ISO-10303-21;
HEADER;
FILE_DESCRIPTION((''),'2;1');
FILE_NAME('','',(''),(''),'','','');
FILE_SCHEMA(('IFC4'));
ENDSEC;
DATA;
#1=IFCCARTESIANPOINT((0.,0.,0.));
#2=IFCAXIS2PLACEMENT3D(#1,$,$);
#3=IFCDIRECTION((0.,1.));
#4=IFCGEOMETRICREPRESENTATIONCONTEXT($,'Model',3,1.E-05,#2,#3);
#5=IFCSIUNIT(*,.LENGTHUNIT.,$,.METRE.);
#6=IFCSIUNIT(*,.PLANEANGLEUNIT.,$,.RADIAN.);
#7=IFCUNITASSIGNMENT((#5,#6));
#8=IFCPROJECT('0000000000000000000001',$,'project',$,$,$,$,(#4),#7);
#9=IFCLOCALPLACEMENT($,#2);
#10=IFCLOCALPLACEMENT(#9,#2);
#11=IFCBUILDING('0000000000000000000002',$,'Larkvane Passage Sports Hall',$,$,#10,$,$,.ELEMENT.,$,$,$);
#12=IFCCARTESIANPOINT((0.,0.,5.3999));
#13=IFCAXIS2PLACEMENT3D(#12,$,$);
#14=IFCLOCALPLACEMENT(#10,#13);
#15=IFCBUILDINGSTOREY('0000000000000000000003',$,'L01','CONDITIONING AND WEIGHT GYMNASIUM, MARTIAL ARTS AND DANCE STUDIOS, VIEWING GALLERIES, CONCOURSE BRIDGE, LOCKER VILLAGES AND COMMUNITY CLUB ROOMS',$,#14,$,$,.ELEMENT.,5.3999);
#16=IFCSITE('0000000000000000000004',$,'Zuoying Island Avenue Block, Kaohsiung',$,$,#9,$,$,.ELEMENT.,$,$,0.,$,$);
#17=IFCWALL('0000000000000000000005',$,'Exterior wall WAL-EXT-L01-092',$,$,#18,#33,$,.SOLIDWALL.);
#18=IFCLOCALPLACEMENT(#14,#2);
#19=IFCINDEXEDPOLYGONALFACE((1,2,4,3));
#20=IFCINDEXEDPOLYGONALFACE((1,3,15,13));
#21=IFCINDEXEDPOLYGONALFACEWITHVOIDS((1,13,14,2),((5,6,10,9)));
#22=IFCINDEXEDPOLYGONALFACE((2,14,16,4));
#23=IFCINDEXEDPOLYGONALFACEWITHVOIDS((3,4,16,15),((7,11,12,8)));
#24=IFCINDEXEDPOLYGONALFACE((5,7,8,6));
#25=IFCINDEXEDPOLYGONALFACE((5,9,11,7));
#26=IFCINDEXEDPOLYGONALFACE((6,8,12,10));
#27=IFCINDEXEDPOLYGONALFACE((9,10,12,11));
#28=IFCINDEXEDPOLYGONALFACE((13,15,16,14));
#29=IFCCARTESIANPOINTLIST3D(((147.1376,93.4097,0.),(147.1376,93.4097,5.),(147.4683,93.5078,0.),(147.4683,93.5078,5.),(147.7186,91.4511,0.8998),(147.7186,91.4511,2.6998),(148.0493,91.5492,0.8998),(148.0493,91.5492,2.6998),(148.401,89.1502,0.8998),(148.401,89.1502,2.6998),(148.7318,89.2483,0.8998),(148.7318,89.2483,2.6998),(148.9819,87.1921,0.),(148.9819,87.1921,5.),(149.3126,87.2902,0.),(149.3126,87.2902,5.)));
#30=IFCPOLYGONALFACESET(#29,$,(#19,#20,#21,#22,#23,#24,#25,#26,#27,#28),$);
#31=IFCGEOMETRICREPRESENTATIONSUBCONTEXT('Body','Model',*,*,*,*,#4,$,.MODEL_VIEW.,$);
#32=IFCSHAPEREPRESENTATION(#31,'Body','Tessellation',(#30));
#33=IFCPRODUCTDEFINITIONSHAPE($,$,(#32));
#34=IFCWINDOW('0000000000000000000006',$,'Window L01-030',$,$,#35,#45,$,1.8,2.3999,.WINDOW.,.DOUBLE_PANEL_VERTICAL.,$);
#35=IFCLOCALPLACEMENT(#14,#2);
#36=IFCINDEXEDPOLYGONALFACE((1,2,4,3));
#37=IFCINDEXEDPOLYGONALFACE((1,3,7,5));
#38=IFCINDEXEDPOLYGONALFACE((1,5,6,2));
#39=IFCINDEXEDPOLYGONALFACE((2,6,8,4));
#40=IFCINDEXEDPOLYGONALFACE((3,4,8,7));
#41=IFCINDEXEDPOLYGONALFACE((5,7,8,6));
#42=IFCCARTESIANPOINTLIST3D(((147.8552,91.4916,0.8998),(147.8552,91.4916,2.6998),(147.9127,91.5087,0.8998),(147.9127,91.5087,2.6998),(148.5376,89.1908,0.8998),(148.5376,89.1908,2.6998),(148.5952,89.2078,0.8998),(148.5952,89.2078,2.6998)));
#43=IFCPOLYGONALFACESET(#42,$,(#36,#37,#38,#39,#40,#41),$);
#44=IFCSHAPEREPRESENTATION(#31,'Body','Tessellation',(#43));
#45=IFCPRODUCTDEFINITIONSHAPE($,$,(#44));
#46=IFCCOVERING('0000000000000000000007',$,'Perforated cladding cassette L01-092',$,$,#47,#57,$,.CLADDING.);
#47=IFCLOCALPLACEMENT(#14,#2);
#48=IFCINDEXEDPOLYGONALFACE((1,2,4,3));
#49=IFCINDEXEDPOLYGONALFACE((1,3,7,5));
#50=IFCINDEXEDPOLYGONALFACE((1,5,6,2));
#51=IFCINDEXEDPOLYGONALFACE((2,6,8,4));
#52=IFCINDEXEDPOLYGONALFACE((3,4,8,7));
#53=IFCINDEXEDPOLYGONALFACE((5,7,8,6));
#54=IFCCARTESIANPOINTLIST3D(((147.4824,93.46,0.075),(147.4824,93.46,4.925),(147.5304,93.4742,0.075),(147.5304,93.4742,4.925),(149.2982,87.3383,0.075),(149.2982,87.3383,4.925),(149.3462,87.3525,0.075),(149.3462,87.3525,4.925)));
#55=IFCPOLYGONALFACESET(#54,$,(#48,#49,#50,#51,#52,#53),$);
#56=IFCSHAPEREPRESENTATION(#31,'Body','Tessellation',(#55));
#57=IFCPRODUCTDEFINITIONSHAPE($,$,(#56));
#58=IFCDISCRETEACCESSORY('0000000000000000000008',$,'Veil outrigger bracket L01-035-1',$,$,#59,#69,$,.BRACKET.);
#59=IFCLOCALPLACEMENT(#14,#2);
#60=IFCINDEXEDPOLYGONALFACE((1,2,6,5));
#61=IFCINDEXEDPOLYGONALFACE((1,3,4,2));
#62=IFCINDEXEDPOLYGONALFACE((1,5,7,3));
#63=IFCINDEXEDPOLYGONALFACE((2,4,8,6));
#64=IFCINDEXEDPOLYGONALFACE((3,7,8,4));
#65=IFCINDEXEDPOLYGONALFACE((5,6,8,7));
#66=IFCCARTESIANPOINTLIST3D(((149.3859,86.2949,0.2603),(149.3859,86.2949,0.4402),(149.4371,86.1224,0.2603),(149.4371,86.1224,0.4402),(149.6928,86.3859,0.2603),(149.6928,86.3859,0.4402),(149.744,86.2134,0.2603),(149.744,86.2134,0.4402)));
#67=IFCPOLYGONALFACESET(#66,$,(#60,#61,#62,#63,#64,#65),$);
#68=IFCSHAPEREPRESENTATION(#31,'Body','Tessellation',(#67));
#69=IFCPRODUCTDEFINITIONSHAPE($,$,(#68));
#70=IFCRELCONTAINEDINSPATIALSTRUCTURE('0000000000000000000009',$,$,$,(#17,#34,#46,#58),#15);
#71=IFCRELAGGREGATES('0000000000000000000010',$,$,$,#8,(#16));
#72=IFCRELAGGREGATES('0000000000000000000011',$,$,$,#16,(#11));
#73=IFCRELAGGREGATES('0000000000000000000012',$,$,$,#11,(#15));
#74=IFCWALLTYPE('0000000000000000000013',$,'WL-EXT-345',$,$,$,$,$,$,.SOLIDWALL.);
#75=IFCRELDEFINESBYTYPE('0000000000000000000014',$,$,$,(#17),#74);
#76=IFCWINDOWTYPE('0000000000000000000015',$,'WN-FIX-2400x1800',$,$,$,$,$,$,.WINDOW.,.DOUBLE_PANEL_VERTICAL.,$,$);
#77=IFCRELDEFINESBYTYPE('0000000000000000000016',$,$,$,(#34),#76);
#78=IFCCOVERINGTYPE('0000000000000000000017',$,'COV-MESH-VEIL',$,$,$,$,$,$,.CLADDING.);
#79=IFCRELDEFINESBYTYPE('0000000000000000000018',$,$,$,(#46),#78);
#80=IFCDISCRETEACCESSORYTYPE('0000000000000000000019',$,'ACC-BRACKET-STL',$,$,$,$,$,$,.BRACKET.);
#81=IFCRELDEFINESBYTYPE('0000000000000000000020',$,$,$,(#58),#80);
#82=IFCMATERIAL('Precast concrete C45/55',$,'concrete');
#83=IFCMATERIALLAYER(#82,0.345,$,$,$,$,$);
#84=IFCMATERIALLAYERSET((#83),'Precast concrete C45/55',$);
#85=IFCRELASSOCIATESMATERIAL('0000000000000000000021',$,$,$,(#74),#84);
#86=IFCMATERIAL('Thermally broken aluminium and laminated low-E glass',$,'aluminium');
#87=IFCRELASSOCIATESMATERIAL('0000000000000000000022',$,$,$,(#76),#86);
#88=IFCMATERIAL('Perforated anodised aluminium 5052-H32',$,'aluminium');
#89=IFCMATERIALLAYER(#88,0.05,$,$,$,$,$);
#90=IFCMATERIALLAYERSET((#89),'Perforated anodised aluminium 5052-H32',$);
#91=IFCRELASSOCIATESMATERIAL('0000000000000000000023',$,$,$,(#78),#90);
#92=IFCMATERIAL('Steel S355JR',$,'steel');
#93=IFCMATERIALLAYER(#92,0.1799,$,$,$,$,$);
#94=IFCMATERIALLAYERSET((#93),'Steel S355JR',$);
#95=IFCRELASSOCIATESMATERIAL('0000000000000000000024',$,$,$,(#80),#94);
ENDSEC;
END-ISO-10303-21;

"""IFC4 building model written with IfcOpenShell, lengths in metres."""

from ifc_helpers import new_model, si_unit, direction, frame, frame_2d, origin, origin_2d, place, context, subcontext, project, spatial, rectangle, extrude, material, layer, layer_set, type_object, element, fill, save


model = new_model("IFC4")

# Units and contexts
model_context = context("Model", 3, precision=1e-05, world=origin(), true_north=direction((0.0, 1.0)))
body_context = subcontext(model_context, "Body", "Model", "MODEL_VIEW")
ifc_project = project(units=[si_unit("LENGTHUNIT", "METRE"), si_unit("PLANEANGLEUNIT", "RADIAN")], contexts=[model_context])

# Site, building, storey
site_placement = place(None, origin())
site = spatial("IfcSite", under=ifc_project, at=site_placement, Name="Zuoying Island Avenue Block, Kaohsiung", CompositionType="ELEMENT", RefElevation=0.0)
building_placement = place(site_placement, origin())
building = spatial("IfcBuilding", under=site, at=building_placement, Name="Larkvane Passage Sports Hall", CompositionType="ELEMENT")
storey_placement = place(building_placement, frame((0.0, 0.0, 5.3999)))
storey = spatial("IfcBuildingStorey", under=building, at=storey_placement, Name="L01", Description="CONDITIONING AND WEIGHT GYMNASIUM, MARTIAL ARTS AND DANCE STUDIOS, VIEWING GALLERIES, CONCOURSE BRIDGE, LOCKER VILLAGES AND COMMUNITY CLUB ROOMS", CompositionType="ELEMENT", Elevation=5.3999)

# Wall, opening, window
ifc_material_1 = material(Name="Precast concrete C45/55", Category="concrete")
ifc_layer_1 = layer(ifc_material_1, 0.345)
ifc_layer_set_1 = layer_set([ifc_layer_1], Name="Precast concrete C45/55")
wall_type = type_object("IfcWallType", Name="WL-EXT-345", PredefinedType="SOLIDWALL", material=ifc_layer_set_1)
wall_placement = place(storey_placement, frame((147.303, 93.4587, 0.0), z_axis=(0.0, 0.0, 1.0), x_axis=(0.284373, -0.958714, 0.0)))
wall = element("IfcWall", 1, at=wall_placement, inside=storey, type_object=wall_type, Name="Exterior wall WAL-EXT-L01-092", PredefinedType="SOLIDWALL", context=body_context, shape_type="SweptSolid", body=[
    extrude(rectangle(XDim=6.4854, YDim=0.345, at=frame_2d((3.2427, 0.0))), origin(), (0.0, 0.0, 1.0), 5.0),
])
opening_placement = place(wall_placement, frame((2.043, 0.0, 0.8999)))
opening = element("IfcOpeningElement", 2, at=opening_placement, cuts=wall, PredefinedType="OPENING", context=body_context, shape_type="SweptSolid", body=[
    extrude(rectangle(XDim=2.3999, YDim=1.8, at=frame_2d((1.2, 0.8999))), frame((0.0, 0.1824, 0.0), z_axis=(0.0, -1.0, 0.0), x_axis=(1.0, 0.0, 0.0)), (0.0, 0.0, 1.0), 0.365),
])
ifc_material_2 = material(Name="Thermally broken aluminium and laminated low-E glass", Category="aluminium")
window_type = type_object("IfcWindowType", Name="WN-FIX-2400x1800", PartitioningType="DOUBLE_PANEL_VERTICAL", PredefinedType="WINDOW", material=ifc_material_2)
window_placement = place(opening_placement, origin())
window = element("IfcWindow", 3, at=window_placement, inside=storey, type_object=window_type, Name="Window L01-030", OverallHeight=1.8, OverallWidth=2.3999, PartitioningType="DOUBLE_PANEL_VERTICAL", PredefinedType="WINDOW", context=body_context, shape_type="SweptSolid", body=[
    extrude(rectangle(XDim=2.3999, YDim=1.8, at=frame_2d((1.2, 0.8999))), frame((0.0, 0.03, 0.0), z_axis=(0.0, -1.0, 0.0), x_axis=(1.0, 0.0, 0.0)), (0.0, 0.0, 1.0), 0.0601),
])
fill(opening, window)

# Covering
ifc_material_3 = material(Name="Perforated anodised aluminium 5052-H32", Category="aluminium")
ifc_layer_2 = layer(ifc_material_3, 0.05)
ifc_layer_set_2 = layer_set([ifc_layer_2], Name="Perforated anodised aluminium 5052-H32")
covering_type = type_object("IfcCoveringType", Name="COV-MESH-VEIL", PredefinedType="CLADDING", material=ifc_layer_set_2)
covering_placement = place(storey_placement, frame((148.4143, 90.4062, 0.075), z_axis=(0.0, 0.0, 1.0), x_axis=(0.284365, -0.958716, 0.0)))
element("IfcCovering", 4, at=covering_placement, inside=storey, type_object=covering_type, Name="Perforated cladding cassette L01-092", PredefinedType="CLADDING", context=body_context, shape_type="SweptSolid", body=[
    extrude(rectangle(XDim=6.3853, YDim=0.05, at=origin_2d()), origin(), (0.0, 0.0, 1.0), 4.8501),
])

# Discrete accessory
ifc_material_4 = material(Name="Steel S355JR", Category="steel")
ifc_layer_3 = layer(ifc_material_4, 0.1799)
ifc_layer_set_3 = layer_set([ifc_layer_3], Name="Steel S355JR")
discrete_accessory_type = type_object("IfcDiscreteAccessoryType", Name="ACC-BRACKET-STL", PredefinedType="BRACKET", material=ifc_layer_set_3)
discrete_accessory_placement = place(storey_placement, frame((149.5649, 86.2542, 0.2603), z_axis=(0.0, 0.0, 1.0), x_axis=(0.284365, -0.958716, 0.0)))
element("IfcDiscreteAccessory", 5, at=discrete_accessory_placement, inside=storey, type_object=discrete_accessory_type, Name="Veil outrigger bracket L01-035-1", PredefinedType="BRACKET", context=body_context, shape_type="SweptSolid", body=[
    extrude(rectangle(XDim=0.1799, YDim=0.3201, at=origin_2d()), origin(), (0.0, 0.0, 1.0), 0.1799),
])

save(model, "model.ifc")
